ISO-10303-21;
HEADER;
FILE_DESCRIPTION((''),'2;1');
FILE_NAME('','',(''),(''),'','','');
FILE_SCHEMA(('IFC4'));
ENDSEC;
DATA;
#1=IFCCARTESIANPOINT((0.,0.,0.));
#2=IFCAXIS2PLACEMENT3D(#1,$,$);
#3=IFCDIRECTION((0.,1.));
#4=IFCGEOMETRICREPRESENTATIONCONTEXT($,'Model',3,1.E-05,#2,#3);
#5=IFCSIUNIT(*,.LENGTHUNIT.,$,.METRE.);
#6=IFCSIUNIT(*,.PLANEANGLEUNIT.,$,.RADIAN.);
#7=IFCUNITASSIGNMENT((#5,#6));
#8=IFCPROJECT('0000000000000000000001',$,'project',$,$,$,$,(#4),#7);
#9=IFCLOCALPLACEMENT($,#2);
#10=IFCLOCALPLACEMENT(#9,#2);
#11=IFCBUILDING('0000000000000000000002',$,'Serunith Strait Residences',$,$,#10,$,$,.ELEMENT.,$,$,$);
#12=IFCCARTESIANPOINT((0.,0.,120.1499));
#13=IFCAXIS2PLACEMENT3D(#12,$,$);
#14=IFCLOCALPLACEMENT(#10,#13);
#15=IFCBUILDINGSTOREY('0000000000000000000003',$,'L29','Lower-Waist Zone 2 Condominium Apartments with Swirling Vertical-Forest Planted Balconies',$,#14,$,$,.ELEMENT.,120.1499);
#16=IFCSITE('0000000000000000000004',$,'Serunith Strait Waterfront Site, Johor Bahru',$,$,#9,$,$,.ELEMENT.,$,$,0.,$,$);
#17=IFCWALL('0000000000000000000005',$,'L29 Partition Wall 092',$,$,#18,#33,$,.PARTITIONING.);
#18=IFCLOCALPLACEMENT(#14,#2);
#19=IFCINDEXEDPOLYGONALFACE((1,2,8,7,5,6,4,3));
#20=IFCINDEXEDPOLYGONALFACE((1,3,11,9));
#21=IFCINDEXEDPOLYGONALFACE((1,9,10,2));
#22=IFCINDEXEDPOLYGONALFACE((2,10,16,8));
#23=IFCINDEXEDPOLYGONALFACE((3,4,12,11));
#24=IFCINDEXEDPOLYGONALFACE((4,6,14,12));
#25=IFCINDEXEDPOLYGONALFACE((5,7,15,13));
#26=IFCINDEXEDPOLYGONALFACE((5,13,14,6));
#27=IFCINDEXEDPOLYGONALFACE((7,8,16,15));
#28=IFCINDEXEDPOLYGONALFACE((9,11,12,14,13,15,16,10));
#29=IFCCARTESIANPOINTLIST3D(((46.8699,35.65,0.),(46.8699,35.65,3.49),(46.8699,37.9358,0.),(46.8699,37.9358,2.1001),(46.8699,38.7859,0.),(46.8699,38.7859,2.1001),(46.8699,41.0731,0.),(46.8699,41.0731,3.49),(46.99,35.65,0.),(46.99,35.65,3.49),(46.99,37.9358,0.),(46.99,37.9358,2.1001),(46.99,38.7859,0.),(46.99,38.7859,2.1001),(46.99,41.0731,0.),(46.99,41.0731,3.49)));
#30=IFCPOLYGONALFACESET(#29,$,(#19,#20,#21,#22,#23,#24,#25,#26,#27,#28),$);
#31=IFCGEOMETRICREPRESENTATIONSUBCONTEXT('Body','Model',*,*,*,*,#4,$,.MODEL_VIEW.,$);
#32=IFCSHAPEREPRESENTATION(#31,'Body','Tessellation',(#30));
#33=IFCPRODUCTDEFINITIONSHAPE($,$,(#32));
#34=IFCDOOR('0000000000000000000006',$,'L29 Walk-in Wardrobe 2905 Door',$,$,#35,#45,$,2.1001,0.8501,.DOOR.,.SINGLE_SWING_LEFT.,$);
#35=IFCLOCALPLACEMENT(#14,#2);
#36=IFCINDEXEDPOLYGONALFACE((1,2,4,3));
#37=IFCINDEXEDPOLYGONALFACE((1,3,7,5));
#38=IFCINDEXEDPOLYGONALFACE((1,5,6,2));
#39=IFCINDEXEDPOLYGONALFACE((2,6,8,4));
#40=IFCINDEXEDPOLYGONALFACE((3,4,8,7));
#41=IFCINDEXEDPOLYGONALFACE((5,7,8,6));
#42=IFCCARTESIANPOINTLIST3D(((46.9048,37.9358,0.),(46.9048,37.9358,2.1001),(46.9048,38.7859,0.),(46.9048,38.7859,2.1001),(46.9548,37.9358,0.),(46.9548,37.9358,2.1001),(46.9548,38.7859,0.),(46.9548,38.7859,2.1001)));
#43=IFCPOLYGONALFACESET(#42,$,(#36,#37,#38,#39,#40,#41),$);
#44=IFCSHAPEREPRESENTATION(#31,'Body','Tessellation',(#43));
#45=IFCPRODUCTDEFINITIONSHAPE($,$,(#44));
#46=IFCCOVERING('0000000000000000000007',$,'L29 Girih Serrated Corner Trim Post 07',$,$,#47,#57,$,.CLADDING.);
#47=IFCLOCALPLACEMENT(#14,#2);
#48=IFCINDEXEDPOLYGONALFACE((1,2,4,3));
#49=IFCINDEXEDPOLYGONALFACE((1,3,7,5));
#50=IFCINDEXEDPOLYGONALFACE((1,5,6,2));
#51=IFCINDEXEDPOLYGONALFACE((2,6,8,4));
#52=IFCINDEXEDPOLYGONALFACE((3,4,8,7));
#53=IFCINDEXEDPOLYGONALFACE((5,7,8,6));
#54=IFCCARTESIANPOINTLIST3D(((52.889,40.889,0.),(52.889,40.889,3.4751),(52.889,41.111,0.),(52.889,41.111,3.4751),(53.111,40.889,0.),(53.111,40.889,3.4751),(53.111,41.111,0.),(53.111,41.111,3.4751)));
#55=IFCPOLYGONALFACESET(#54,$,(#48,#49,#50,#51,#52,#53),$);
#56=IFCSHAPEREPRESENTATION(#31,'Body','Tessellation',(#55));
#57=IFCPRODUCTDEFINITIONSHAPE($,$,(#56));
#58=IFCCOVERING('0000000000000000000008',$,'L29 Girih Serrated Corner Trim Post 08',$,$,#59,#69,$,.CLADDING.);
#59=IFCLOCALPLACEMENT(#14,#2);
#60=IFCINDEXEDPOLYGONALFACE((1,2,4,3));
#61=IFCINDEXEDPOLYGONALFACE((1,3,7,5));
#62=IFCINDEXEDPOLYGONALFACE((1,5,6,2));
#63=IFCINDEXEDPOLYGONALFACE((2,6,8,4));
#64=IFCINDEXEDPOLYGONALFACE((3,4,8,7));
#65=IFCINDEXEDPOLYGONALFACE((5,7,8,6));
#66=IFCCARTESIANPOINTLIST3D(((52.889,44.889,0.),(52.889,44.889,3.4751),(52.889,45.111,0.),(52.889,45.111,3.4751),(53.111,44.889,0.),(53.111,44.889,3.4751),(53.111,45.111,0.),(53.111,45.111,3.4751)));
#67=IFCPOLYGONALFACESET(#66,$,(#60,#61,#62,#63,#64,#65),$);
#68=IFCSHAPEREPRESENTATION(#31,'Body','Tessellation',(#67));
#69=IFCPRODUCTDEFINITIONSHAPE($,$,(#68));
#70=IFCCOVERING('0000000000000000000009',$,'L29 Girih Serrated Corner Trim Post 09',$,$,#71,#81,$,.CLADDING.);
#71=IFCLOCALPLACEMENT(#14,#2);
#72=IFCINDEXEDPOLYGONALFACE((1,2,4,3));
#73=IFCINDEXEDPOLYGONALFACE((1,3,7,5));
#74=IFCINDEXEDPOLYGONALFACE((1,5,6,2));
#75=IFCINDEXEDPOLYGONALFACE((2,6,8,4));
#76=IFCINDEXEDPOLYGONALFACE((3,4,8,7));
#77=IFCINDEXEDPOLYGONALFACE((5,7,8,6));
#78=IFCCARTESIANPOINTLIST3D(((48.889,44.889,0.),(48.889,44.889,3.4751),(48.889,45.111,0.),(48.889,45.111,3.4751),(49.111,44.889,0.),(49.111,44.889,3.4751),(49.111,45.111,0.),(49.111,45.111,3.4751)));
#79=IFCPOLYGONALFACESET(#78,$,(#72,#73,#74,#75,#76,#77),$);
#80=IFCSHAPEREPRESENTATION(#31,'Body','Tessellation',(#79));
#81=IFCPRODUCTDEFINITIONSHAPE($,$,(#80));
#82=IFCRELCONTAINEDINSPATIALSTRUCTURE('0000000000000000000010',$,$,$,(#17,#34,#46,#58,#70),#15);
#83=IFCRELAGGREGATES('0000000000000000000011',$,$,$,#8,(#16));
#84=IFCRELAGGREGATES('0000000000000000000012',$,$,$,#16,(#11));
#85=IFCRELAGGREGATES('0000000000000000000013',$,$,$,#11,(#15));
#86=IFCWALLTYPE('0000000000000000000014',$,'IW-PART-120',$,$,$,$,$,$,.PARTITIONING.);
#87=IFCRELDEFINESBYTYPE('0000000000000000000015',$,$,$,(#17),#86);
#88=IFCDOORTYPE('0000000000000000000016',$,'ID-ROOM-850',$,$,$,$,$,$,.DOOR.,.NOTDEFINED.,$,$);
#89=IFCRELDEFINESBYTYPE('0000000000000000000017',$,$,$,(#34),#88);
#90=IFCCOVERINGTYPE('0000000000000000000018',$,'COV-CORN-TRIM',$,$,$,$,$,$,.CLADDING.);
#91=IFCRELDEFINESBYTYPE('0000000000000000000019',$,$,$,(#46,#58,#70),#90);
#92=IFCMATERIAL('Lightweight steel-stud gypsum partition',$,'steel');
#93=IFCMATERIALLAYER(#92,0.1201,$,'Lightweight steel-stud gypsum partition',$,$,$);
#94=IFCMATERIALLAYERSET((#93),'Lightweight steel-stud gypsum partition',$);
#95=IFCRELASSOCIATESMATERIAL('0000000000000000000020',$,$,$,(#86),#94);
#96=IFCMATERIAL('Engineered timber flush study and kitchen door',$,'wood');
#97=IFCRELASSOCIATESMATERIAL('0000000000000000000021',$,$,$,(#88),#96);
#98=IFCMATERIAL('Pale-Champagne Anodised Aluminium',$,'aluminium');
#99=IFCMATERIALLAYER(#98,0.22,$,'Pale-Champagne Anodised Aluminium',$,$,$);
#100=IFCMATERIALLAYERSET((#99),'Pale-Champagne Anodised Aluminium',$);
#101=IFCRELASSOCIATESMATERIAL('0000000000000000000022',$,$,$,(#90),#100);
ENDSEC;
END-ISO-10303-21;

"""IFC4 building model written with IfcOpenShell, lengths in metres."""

from ifc_helpers import new_model, si_unit, direction, frame, frame_2d, origin, origin_2d, place, context, subcontext, project, spatial, rectangle, extrude, source, transform, mapped, material, layer, layer_set, type_object, element, fill, save


model = new_model("IFC4")

# Units and contexts
model_context = context("Model", 3, precision=1e-05, world=origin(), true_north=direction((0.0, 1.0)))
body_context = subcontext(model_context, "Body", "Model", "MODEL_VIEW")
ifc_project = project(units=[si_unit("LENGTHUNIT", "METRE"), si_unit("PLANEANGLEUNIT", "RADIAN")], contexts=[model_context])

# Site, building, storey
site_placement = place(None, origin())
site = spatial("IfcSite", under=ifc_project, at=site_placement, Name="Serunith Strait Waterfront Site, Johor Bahru", CompositionType="ELEMENT", RefElevation=0.0)
building_placement = place(site_placement, origin())
building = spatial("IfcBuilding", under=site, at=building_placement, Name="Serunith Strait Residences", CompositionType="ELEMENT")
storey_placement = place(building_placement, frame((0.0, 0.0, 120.1499)))
storey = spatial("IfcBuildingStorey", under=building, at=storey_placement, Name="L29", Description="Lower-Waist Zone 2 Condominium Apartments with Swirling Vertical-Forest Planted Balconies", CompositionType="ELEMENT", Elevation=120.1499)

# Shared definitions
ifc_material_1 = material(Name="Pale-Champagne Anodised Aluminium", Category="aluminium")

# Shared definitions
ifc_material_2 = material(Name="Lightweight steel-stud gypsum partition", Category="steel")
ifc_layer_1 = layer(ifc_material_2, 0.1201, Name="Lightweight steel-stud gypsum partition")
ifc_layer_set_1 = layer_set([ifc_layer_1], Name="Lightweight steel-stud gypsum partition")
wall_type_1 = type_object("IfcWallType", Name="IW-PART-120", PredefinedType="PARTITIONING", material=ifc_layer_set_1)

# Wall, opening, door
wall_1_placement = place(storey_placement, frame((46.9299, 41.073, 0.0), z_axis=(0.0, 0.0, 1.0), x_axis=(0.0, -1.0, 0.0)))
wall_1 = element("IfcWall", 1, at=wall_1_placement, inside=storey, type_object=wall_type_1, Name="L29 Partition Wall 092", PredefinedType="PARTITIONING", context=body_context, shape_type="SweptSolid", body=[
    extrude(rectangle(XDim=5.4231, YDim=0.1201, at=frame_2d((2.7114, 0.0))), origin(), (0.0, 0.0, 1.0), 3.49),
])
opening_1_placement = place(wall_1_placement, frame((2.2871, 0.0, 0.0)))
opening_1 = element("IfcOpeningElement", 2, at=opening_1_placement, cuts=wall_1, PredefinedType="OPENING", context=body_context, shape_type="SweptSolid", body=[
    extrude(rectangle(XDim=0.8501, YDim=2.1001, at=frame_2d((0.425, 1.05))), frame((0.0, 0.0701, 0.0), z_axis=(0.0, -1.0, 0.0), x_axis=(1.0, 0.0, 0.0)), (0.0, 0.0, 1.0), 0.1401),
])
ifc_material_3 = material(Name="Engineered timber flush study and kitchen door", Category="wood")
door_type_1 = type_object("IfcDoorType", Name="ID-ROOM-850", OperationType="NOTDEFINED", PredefinedType="DOOR", material=ifc_material_3)
shared_shape_1 = source(origin(), body_context, "Body", "SweptSolid", [
    extrude(rectangle(XDim=0.8501, YDim=2.1001, at=frame_2d((0.425, 1.05))), frame((0.0, 0.0249, 0.0), z_axis=(0.0, -1.0, 0.0), x_axis=(1.0, 0.0, 0.0)), (0.0, 0.0, 1.0), 0.05),
])
door_1_placement = place(opening_1_placement, origin())
door_1 = element("IfcDoor", 3, at=door_1_placement, inside=storey, type_object=door_type_1, Name="L29 Walk-in Wardrobe 2905 Door", OperationType="SINGLE_SWING_LEFT", OverallHeight=2.1001, OverallWidth=0.8501, PredefinedType="DOOR", context=body_context, shape_type="MappedRepresentation", body=[
    mapped(shared_shape_1, transform((0.0, 0.0, 0.0), scale=1.0)),
])
fill(opening_1, door_1)

# Coverings
ifc_layer_2 = layer(ifc_material_1, 0.22, Name="Pale-Champagne Anodised Aluminium")
ifc_layer_set_2 = layer_set([ifc_layer_2], Name="Pale-Champagne Anodised Aluminium")
covering_type = type_object("IfcCoveringType", Name="COV-CORN-TRIM", PredefinedType="CLADDING", material=ifc_layer_set_2)
shared_shape_2 = source(origin(), body_context, "Body", "SweptSolid", [
    extrude(rectangle(XDim=0.2219, YDim=0.2219, at=origin_2d()), origin(), (0.0, 0.0, 1.0), 3.4751),
])
for number, where, z_axis, x_axis, name in (
    (4, (53.0, 41.0, 0.0), (0.0, 0.0, 1.0), (1.0, 0.0, 0.0), "L29 Girih Serrated Corner Trim Post 07"),
    (5, (53.0, 45.0, 0.0), (0.0, 0.0, 1.0), (1.0, 0.0, 0.0), "L29 Girih Serrated Corner Trim Post 08"),
    (6, (49.0, 45.0, 0.0), (0.0, 0.0, 1.0), (1.0, 0.0, 0.0), "L29 Girih Serrated Corner Trim Post 09"),
):
    element("IfcCovering", number, at=place(storey_placement, frame(where, z_axis=z_axis, x_axis=x_axis)), inside=storey, type_object=covering_type, Name=name, PredefinedType="CLADDING", context=body_context, shape_type="MappedRepresentation", body=[
        mapped(shared_shape_2, transform((0.0, 0.0, 0.0), scale=1.0)),
    ])

save(model, "model.ifc")
